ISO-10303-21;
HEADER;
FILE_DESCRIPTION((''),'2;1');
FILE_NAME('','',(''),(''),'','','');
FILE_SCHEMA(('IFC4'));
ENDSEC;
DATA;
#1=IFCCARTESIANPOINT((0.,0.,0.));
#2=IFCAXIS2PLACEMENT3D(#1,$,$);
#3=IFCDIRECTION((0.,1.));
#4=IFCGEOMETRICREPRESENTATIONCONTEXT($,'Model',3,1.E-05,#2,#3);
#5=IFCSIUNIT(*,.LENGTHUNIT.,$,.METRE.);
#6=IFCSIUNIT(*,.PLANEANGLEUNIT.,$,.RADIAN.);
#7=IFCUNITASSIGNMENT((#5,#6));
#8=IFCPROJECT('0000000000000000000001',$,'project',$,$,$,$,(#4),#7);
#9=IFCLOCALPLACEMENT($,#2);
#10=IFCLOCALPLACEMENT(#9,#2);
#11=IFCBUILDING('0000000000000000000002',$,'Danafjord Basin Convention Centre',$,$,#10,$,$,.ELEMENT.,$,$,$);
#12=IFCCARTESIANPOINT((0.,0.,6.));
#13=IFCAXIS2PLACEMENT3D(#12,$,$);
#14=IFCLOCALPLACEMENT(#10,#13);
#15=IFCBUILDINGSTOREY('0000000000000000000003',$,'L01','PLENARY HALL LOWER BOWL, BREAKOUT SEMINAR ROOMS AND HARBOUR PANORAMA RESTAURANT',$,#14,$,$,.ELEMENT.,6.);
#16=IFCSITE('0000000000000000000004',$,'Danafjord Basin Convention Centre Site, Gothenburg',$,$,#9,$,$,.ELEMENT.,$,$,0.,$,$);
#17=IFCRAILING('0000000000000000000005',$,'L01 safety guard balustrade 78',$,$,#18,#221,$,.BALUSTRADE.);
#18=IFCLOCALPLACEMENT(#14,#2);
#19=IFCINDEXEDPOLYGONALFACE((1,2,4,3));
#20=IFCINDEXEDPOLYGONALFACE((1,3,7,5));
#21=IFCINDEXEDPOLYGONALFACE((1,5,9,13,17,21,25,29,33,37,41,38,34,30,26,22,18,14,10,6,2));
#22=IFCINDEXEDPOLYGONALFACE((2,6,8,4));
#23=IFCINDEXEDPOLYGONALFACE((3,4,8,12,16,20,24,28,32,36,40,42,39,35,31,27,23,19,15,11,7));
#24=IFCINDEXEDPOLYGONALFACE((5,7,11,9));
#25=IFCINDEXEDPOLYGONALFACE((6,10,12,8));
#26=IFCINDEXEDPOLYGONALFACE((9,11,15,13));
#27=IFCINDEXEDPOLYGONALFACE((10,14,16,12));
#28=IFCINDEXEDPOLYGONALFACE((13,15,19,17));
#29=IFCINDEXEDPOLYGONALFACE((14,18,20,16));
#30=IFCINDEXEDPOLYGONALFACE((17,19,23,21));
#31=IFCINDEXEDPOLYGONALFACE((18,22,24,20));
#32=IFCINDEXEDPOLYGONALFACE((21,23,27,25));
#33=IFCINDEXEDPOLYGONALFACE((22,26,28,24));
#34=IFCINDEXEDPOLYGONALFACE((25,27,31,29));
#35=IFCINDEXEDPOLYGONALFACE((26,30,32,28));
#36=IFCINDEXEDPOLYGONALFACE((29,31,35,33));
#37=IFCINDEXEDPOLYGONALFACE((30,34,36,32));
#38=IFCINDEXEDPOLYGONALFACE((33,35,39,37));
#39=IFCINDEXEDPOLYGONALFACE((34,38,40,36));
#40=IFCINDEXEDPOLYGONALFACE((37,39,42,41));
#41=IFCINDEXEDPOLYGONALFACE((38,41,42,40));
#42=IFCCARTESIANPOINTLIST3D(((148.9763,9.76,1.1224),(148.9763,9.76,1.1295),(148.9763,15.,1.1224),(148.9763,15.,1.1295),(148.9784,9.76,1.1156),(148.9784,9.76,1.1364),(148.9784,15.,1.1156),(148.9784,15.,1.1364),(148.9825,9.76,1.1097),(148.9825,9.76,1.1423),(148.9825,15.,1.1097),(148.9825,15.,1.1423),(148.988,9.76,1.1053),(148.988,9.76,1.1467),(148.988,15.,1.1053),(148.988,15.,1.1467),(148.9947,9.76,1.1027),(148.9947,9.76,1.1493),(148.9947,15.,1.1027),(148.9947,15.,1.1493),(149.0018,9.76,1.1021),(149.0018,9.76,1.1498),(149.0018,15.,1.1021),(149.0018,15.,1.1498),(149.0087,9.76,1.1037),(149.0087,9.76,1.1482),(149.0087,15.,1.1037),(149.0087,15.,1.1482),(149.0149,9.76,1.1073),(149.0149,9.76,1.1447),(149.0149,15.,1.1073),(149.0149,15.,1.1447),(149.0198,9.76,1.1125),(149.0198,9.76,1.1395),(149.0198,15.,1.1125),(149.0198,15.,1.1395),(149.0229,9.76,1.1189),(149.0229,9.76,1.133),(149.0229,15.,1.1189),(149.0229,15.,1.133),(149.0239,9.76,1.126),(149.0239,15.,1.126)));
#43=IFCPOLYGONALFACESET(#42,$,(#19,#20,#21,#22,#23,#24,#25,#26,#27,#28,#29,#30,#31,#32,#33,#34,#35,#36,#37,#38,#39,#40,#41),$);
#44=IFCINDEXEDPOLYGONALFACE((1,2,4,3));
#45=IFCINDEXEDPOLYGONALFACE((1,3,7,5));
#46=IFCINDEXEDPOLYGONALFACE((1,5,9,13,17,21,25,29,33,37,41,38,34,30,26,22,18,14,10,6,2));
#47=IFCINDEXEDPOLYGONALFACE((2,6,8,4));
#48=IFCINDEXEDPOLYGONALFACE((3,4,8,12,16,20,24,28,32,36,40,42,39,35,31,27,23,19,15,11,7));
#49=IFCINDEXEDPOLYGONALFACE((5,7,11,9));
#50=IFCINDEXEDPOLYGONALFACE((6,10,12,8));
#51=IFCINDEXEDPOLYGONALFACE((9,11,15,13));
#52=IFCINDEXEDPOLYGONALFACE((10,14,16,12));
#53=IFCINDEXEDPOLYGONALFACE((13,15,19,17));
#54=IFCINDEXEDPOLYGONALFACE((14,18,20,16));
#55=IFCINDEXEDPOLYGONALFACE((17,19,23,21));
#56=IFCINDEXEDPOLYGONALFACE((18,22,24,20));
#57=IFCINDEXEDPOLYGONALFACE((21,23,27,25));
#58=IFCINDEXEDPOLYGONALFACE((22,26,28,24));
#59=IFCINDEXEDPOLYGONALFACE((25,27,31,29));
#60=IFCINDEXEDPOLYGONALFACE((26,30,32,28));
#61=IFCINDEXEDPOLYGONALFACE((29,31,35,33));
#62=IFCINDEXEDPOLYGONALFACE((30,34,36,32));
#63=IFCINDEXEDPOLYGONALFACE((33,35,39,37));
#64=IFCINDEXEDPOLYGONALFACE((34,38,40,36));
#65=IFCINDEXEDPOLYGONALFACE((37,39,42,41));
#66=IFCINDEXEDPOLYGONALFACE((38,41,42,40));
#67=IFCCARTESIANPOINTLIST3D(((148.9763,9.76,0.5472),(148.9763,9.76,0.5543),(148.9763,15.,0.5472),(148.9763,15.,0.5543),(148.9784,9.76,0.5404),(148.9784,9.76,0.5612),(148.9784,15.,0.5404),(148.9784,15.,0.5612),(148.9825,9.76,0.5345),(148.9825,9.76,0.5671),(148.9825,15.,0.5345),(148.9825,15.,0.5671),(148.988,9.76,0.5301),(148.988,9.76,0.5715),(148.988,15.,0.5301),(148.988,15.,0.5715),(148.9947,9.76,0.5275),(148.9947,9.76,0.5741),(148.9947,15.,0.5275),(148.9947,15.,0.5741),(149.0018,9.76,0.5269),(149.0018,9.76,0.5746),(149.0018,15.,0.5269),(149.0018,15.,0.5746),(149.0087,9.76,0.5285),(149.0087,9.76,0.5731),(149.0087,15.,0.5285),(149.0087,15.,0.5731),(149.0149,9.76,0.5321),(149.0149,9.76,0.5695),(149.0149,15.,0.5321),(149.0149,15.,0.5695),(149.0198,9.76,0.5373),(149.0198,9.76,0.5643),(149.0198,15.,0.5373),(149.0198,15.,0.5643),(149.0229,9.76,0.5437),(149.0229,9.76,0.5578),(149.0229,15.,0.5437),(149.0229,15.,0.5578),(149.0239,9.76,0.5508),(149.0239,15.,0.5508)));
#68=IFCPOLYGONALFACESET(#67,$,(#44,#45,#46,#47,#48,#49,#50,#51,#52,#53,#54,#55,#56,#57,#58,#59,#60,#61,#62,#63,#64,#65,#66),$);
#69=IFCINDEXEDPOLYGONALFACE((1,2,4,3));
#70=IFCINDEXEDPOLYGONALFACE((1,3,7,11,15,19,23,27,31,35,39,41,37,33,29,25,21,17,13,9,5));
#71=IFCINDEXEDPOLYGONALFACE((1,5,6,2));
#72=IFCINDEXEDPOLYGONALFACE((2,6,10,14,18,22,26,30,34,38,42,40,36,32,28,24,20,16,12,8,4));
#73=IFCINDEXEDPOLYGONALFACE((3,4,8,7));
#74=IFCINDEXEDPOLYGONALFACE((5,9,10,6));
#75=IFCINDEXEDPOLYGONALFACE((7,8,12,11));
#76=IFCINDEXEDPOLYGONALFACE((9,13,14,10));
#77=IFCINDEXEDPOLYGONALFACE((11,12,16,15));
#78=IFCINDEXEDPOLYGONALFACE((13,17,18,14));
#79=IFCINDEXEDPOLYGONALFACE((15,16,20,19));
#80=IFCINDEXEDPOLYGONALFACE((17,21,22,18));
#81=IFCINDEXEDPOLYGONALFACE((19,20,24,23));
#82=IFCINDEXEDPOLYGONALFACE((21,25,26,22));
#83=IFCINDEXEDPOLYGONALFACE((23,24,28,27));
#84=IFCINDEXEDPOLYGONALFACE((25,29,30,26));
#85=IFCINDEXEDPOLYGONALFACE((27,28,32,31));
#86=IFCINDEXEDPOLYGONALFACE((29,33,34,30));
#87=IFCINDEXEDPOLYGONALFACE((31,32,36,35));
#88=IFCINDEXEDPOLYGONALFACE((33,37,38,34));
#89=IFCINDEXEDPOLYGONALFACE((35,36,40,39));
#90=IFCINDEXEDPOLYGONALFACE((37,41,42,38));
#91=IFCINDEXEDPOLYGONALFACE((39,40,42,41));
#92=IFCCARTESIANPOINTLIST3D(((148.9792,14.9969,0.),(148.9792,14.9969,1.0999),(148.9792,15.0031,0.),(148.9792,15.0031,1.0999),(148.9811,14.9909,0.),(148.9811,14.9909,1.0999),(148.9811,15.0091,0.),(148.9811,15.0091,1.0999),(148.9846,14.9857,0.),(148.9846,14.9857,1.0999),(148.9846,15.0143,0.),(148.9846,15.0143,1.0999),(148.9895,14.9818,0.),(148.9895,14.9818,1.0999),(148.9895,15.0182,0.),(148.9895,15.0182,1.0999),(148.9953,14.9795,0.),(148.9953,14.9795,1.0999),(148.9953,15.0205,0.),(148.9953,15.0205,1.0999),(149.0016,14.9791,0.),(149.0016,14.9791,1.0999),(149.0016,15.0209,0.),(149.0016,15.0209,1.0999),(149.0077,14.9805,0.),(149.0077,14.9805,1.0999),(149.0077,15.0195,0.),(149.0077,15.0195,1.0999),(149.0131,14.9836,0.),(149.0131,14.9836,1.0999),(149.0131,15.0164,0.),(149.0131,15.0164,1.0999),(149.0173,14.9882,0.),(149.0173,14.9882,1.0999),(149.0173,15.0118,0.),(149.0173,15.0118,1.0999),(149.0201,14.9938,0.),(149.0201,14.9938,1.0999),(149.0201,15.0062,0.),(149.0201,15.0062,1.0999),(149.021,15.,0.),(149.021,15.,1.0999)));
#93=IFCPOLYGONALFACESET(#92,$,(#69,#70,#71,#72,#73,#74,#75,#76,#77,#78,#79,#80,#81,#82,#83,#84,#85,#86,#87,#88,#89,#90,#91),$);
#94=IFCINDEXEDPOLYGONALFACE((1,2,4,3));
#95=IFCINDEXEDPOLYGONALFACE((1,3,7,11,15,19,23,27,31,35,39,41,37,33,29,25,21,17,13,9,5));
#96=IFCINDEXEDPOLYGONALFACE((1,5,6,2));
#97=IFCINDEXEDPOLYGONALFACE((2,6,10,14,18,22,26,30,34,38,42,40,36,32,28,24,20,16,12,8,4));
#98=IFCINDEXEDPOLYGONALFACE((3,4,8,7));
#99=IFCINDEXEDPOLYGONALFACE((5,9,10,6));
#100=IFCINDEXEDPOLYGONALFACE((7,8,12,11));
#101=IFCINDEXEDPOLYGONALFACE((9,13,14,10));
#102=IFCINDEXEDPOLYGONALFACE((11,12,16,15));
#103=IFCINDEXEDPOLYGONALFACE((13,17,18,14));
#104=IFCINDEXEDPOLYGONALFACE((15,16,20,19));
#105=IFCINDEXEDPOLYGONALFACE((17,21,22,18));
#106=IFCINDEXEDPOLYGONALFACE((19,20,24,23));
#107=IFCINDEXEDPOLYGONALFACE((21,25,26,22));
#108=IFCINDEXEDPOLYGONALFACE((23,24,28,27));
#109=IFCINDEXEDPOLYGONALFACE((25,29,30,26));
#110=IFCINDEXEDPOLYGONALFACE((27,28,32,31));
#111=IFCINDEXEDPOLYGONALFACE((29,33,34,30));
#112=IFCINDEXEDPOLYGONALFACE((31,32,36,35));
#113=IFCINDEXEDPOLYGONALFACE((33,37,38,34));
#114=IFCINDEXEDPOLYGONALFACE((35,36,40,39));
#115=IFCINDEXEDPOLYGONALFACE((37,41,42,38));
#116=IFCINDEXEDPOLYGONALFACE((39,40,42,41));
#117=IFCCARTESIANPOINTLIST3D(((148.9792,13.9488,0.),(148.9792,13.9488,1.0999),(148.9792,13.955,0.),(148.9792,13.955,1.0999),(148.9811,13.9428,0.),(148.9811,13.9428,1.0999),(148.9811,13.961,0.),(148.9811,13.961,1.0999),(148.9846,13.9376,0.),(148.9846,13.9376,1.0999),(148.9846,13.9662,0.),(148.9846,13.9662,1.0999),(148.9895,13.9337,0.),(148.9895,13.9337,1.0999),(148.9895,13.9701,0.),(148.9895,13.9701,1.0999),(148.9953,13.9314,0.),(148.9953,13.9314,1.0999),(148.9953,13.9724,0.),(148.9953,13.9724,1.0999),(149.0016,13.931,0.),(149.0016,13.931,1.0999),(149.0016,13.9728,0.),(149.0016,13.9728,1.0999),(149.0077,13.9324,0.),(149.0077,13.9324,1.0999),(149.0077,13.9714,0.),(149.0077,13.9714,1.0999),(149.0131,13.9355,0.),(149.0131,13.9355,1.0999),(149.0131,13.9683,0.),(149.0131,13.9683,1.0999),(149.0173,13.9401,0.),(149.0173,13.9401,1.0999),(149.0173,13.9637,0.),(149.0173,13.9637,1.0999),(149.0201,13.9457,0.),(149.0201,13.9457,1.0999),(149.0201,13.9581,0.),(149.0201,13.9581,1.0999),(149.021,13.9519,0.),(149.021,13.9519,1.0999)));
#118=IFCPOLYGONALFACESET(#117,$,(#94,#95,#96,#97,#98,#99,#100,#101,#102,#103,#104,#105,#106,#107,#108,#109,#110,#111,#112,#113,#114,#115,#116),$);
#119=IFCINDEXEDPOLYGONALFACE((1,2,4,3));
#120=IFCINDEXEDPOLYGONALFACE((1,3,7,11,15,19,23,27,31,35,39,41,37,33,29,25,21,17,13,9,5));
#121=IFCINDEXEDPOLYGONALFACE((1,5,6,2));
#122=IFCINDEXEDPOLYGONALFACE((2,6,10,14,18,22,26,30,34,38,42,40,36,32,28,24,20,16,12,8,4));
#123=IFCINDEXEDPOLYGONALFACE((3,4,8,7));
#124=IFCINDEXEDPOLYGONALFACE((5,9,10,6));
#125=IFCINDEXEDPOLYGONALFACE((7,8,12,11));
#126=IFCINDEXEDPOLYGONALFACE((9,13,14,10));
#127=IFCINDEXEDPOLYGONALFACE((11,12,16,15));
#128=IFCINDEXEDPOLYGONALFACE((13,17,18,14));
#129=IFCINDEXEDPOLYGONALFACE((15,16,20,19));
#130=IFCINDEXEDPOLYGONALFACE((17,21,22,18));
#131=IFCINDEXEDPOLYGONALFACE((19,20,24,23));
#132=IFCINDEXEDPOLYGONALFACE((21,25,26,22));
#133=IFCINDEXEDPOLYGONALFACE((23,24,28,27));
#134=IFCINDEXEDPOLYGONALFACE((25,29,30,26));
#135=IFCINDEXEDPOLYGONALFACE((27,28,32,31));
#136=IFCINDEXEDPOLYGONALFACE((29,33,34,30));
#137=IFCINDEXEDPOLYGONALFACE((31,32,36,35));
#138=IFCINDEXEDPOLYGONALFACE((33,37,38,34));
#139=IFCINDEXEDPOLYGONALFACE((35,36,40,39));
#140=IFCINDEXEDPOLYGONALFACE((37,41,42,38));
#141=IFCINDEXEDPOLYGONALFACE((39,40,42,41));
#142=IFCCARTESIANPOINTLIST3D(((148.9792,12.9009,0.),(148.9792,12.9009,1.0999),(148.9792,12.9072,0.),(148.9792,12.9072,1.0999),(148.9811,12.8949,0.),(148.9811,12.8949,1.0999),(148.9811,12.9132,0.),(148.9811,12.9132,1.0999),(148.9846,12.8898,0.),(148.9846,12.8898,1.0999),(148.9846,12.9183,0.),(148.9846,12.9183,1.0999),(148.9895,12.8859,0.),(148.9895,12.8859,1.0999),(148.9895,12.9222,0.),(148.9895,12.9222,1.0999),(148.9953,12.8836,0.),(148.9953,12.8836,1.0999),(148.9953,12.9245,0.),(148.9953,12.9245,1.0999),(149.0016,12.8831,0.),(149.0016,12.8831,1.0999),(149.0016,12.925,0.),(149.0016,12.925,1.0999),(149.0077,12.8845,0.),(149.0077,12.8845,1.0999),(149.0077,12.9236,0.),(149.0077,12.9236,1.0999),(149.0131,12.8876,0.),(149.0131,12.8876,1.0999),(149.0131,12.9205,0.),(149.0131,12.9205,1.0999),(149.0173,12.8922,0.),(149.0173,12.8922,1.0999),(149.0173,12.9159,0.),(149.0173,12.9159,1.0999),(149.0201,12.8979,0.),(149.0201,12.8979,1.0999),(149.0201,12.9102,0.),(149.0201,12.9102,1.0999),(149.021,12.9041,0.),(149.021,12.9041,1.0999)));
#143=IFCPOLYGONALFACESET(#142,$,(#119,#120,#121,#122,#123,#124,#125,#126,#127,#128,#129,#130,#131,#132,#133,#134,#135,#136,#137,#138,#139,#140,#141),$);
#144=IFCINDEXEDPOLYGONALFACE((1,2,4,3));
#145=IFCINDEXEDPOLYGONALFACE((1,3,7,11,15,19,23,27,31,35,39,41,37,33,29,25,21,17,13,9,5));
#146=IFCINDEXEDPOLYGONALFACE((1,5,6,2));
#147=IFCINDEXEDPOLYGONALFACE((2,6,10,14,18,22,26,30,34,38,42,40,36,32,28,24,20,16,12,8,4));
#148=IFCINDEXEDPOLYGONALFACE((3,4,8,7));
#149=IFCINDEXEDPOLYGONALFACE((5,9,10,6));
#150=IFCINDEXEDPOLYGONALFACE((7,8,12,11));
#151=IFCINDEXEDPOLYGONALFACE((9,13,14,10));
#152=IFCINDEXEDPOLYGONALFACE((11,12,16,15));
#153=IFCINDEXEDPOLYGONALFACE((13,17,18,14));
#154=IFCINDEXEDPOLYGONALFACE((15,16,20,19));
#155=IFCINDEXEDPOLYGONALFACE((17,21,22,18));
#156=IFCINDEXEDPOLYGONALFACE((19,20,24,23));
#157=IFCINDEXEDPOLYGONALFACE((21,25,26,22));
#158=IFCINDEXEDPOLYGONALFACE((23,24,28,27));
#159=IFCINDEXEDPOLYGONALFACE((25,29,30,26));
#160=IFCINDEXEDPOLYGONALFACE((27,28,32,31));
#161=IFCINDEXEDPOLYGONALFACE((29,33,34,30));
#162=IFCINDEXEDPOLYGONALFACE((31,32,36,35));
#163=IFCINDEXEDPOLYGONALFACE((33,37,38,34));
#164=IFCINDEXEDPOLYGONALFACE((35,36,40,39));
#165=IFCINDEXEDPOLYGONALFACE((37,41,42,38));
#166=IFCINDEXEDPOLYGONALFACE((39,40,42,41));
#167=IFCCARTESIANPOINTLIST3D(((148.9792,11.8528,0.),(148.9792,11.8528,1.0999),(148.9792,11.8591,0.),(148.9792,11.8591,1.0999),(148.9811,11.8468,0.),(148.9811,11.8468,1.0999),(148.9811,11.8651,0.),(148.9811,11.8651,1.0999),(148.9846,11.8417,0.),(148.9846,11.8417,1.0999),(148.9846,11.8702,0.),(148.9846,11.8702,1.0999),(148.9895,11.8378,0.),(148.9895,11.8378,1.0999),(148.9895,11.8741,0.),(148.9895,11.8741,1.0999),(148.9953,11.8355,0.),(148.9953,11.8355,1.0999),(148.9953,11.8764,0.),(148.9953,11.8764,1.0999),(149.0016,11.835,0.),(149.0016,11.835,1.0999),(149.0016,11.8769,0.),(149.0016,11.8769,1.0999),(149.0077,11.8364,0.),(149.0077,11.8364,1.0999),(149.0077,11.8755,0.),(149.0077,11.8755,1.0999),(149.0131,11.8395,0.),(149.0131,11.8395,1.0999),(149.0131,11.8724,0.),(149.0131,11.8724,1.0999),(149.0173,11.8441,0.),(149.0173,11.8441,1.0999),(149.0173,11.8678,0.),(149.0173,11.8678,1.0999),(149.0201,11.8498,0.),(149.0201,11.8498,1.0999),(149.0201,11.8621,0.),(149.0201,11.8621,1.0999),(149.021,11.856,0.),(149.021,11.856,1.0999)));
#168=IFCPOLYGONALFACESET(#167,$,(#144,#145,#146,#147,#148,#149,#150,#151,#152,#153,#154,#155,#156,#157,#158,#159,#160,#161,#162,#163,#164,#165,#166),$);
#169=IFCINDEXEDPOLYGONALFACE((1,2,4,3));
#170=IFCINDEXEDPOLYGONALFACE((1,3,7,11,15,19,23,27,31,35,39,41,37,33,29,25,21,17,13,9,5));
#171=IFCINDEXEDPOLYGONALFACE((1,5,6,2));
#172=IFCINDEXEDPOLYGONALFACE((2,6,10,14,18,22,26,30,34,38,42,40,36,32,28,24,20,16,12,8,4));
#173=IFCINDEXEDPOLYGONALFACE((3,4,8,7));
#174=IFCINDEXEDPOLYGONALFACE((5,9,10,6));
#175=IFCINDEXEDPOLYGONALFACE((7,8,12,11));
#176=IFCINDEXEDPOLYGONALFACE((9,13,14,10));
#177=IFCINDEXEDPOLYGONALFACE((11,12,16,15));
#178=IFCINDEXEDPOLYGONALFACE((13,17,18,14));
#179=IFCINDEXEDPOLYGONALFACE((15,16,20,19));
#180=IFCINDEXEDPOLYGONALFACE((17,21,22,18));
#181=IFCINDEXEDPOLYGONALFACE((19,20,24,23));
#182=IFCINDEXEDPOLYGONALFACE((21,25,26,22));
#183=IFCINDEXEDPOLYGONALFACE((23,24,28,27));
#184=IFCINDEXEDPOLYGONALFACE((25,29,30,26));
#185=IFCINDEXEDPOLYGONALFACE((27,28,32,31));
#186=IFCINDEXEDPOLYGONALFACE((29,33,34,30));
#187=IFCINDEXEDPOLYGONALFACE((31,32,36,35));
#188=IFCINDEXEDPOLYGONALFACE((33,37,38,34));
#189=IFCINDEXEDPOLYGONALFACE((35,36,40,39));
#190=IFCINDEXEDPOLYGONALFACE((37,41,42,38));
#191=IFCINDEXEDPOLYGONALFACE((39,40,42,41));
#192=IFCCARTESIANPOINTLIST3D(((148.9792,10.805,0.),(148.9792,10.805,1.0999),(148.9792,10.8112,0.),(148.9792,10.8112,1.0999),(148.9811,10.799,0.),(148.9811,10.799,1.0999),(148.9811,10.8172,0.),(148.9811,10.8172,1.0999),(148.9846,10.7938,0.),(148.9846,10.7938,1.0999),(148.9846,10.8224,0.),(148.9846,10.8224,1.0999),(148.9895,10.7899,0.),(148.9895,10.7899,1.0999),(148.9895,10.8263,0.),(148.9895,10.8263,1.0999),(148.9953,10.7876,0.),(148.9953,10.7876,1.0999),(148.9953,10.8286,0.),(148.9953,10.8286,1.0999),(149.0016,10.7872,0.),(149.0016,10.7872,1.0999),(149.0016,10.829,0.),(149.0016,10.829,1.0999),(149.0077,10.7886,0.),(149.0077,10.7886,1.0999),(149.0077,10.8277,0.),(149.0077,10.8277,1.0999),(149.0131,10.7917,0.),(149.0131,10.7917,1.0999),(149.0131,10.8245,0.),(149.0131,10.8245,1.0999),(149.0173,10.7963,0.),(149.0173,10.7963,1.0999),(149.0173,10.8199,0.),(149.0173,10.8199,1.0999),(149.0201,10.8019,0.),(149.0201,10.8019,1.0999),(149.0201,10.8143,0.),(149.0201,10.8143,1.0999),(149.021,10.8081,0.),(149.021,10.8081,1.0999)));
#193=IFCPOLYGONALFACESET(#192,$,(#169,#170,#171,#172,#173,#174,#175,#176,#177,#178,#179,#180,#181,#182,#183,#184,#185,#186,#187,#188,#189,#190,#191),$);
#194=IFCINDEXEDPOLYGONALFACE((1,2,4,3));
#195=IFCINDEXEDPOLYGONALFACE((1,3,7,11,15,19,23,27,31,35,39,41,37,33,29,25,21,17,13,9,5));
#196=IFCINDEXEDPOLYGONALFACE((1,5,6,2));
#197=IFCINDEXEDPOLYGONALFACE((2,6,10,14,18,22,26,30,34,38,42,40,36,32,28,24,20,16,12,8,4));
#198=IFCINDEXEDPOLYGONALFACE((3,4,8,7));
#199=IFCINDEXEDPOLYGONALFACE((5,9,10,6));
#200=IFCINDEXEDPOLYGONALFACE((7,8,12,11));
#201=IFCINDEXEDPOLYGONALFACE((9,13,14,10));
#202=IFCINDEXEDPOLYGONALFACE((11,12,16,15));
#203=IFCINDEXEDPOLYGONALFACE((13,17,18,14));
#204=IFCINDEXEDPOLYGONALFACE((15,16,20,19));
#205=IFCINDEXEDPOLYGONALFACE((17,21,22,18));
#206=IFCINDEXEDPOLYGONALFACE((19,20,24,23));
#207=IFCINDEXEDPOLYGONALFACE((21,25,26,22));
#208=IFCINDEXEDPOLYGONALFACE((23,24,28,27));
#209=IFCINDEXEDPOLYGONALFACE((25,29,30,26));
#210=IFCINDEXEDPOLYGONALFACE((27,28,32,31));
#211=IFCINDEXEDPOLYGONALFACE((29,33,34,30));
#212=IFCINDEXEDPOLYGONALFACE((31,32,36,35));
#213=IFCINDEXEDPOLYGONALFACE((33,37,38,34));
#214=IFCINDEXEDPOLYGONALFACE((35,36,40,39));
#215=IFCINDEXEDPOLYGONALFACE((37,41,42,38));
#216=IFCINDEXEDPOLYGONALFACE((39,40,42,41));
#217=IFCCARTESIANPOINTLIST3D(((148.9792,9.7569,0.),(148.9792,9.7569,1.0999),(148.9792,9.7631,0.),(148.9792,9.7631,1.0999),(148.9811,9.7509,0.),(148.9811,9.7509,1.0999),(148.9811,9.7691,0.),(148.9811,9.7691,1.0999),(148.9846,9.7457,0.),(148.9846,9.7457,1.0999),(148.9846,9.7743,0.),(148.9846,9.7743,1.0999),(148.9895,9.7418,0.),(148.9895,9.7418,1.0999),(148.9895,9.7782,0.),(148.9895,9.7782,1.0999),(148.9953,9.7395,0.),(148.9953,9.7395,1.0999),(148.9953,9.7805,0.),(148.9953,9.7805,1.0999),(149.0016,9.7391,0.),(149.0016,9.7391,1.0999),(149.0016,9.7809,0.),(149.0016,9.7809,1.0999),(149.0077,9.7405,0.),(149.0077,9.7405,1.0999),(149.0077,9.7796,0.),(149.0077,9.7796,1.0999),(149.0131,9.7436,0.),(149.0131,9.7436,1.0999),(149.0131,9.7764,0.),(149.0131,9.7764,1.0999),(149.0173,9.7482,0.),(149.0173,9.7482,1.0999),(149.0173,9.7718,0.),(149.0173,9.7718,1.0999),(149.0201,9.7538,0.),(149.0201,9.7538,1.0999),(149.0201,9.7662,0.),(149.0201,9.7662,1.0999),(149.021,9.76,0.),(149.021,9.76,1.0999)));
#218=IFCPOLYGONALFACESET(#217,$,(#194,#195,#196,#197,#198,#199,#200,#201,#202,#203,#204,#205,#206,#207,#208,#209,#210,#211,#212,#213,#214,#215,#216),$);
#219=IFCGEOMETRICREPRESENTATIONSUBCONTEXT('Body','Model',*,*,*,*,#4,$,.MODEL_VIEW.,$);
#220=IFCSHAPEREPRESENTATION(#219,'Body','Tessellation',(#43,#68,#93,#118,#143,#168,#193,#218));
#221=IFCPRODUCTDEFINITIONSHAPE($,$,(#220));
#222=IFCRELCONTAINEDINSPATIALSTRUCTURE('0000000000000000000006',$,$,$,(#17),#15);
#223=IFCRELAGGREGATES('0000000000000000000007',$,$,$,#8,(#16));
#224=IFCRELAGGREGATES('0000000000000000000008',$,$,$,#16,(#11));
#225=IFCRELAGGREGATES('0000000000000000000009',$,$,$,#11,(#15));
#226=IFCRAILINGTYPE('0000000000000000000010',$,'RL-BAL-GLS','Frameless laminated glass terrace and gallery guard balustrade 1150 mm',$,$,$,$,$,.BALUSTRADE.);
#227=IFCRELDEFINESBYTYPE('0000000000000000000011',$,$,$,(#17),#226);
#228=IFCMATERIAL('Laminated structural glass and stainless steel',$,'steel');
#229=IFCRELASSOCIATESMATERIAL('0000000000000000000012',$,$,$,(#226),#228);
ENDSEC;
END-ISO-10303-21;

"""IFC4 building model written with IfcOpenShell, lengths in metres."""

from ifc_helpers import new_model, si_unit, direction, frame, origin, origin_2d, place, context, subcontext, project, spatial, circle, extrude, material, type_object, element, save


model = new_model("IFC4")

# Units and contexts
model_context = context("Model", 3, precision=1e-05, world=origin(), true_north=direction((0.0, 1.0)))
body_context = subcontext(model_context, "Body", "Model", "MODEL_VIEW")
ifc_project = project(units=[si_unit("LENGTHUNIT", "METRE"), si_unit("PLANEANGLEUNIT", "RADIAN")], contexts=[model_context])

# Site, building, storey
site_placement = place(None, origin())
site = spatial("IfcSite", under=ifc_project, at=site_placement, Name="Danafjord Basin Convention Centre Site, Gothenburg", CompositionType="ELEMENT", RefElevation=0.0)
building_placement = place(site_placement, origin())
building = spatial("IfcBuilding", under=site, at=building_placement, Name="Danafjord Basin Convention Centre", CompositionType="ELEMENT")
storey_placement = place(building_placement, frame((0.0, 0.0, 6.0)))
storey = spatial("IfcBuildingStorey", under=building, at=storey_placement, Name="L01", Description="PLENARY HALL LOWER BOWL, BREAKOUT SEMINAR ROOMS AND HARBOUR PANORAMA RESTAURANT", CompositionType="ELEMENT", Elevation=6.0)

# Railing
ifc_material_1 = material(Name="Laminated structural glass and stainless steel", Category="steel")
railing_type_1 = type_object("IfcRailingType", Name="RL-BAL-GLS", Description="Frameless laminated glass terrace and gallery guard balustrade 1150 mm", PredefinedType="BALUSTRADE", material=ifc_material_1)
railing_1_placement = place(storey_placement, frame((149.0, 15.0, 0.0)))
element("IfcRailing", 1, at=railing_1_placement, inside=storey, type_object=railing_type_1, Name="L01 safety guard balustrade 78", PredefinedType="BALUSTRADE", context=body_context, shape_type="SweptSolid", body=[
    extrude(circle(Radius=0.0239, at=origin_2d()), frame((0.0, 0.0, 1.126), z_axis=(0.0, -1.0, 0.0), x_axis=(1.0, 0.0, 0.0)), (0.0, 0.0, 1.0), 5.24),
    extrude(circle(Radius=0.0239, at=origin_2d()), frame((0.0, 0.0, 0.5508), z_axis=(0.0, -1.0, 0.0), x_axis=(1.0, 0.0, 0.0)), (0.0, 0.0, 1.0), 5.24),
    extrude(circle(Radius=0.021, at=origin_2d()), origin(), (0.0, 0.0, 1.0), 1.0999),
    extrude(circle(Radius=0.021, at=origin_2d()), frame((0.0, -1.0481, 0.0)), (0.0, 0.0, 1.0), 1.0999),
    extrude(circle(Radius=0.021, at=origin_2d()), frame((0.0, -2.0959, 0.0)), (0.0, 0.0, 1.0), 1.0999),
    extrude(circle(Radius=0.021, at=origin_2d()), frame((0.0, -3.144, 0.0)), (0.0, 0.0, 1.0), 1.0999),
    extrude(circle(Radius=0.021, at=origin_2d()), frame((0.0, -4.1919, 0.0)), (0.0, 0.0, 1.0), 1.0999),
    extrude(circle(Radius=0.021, at=origin_2d()), frame((0.0, -5.24, 0.0)), (0.0, 0.0, 1.0), 1.0999),
])

save(model, "model.ifc")
